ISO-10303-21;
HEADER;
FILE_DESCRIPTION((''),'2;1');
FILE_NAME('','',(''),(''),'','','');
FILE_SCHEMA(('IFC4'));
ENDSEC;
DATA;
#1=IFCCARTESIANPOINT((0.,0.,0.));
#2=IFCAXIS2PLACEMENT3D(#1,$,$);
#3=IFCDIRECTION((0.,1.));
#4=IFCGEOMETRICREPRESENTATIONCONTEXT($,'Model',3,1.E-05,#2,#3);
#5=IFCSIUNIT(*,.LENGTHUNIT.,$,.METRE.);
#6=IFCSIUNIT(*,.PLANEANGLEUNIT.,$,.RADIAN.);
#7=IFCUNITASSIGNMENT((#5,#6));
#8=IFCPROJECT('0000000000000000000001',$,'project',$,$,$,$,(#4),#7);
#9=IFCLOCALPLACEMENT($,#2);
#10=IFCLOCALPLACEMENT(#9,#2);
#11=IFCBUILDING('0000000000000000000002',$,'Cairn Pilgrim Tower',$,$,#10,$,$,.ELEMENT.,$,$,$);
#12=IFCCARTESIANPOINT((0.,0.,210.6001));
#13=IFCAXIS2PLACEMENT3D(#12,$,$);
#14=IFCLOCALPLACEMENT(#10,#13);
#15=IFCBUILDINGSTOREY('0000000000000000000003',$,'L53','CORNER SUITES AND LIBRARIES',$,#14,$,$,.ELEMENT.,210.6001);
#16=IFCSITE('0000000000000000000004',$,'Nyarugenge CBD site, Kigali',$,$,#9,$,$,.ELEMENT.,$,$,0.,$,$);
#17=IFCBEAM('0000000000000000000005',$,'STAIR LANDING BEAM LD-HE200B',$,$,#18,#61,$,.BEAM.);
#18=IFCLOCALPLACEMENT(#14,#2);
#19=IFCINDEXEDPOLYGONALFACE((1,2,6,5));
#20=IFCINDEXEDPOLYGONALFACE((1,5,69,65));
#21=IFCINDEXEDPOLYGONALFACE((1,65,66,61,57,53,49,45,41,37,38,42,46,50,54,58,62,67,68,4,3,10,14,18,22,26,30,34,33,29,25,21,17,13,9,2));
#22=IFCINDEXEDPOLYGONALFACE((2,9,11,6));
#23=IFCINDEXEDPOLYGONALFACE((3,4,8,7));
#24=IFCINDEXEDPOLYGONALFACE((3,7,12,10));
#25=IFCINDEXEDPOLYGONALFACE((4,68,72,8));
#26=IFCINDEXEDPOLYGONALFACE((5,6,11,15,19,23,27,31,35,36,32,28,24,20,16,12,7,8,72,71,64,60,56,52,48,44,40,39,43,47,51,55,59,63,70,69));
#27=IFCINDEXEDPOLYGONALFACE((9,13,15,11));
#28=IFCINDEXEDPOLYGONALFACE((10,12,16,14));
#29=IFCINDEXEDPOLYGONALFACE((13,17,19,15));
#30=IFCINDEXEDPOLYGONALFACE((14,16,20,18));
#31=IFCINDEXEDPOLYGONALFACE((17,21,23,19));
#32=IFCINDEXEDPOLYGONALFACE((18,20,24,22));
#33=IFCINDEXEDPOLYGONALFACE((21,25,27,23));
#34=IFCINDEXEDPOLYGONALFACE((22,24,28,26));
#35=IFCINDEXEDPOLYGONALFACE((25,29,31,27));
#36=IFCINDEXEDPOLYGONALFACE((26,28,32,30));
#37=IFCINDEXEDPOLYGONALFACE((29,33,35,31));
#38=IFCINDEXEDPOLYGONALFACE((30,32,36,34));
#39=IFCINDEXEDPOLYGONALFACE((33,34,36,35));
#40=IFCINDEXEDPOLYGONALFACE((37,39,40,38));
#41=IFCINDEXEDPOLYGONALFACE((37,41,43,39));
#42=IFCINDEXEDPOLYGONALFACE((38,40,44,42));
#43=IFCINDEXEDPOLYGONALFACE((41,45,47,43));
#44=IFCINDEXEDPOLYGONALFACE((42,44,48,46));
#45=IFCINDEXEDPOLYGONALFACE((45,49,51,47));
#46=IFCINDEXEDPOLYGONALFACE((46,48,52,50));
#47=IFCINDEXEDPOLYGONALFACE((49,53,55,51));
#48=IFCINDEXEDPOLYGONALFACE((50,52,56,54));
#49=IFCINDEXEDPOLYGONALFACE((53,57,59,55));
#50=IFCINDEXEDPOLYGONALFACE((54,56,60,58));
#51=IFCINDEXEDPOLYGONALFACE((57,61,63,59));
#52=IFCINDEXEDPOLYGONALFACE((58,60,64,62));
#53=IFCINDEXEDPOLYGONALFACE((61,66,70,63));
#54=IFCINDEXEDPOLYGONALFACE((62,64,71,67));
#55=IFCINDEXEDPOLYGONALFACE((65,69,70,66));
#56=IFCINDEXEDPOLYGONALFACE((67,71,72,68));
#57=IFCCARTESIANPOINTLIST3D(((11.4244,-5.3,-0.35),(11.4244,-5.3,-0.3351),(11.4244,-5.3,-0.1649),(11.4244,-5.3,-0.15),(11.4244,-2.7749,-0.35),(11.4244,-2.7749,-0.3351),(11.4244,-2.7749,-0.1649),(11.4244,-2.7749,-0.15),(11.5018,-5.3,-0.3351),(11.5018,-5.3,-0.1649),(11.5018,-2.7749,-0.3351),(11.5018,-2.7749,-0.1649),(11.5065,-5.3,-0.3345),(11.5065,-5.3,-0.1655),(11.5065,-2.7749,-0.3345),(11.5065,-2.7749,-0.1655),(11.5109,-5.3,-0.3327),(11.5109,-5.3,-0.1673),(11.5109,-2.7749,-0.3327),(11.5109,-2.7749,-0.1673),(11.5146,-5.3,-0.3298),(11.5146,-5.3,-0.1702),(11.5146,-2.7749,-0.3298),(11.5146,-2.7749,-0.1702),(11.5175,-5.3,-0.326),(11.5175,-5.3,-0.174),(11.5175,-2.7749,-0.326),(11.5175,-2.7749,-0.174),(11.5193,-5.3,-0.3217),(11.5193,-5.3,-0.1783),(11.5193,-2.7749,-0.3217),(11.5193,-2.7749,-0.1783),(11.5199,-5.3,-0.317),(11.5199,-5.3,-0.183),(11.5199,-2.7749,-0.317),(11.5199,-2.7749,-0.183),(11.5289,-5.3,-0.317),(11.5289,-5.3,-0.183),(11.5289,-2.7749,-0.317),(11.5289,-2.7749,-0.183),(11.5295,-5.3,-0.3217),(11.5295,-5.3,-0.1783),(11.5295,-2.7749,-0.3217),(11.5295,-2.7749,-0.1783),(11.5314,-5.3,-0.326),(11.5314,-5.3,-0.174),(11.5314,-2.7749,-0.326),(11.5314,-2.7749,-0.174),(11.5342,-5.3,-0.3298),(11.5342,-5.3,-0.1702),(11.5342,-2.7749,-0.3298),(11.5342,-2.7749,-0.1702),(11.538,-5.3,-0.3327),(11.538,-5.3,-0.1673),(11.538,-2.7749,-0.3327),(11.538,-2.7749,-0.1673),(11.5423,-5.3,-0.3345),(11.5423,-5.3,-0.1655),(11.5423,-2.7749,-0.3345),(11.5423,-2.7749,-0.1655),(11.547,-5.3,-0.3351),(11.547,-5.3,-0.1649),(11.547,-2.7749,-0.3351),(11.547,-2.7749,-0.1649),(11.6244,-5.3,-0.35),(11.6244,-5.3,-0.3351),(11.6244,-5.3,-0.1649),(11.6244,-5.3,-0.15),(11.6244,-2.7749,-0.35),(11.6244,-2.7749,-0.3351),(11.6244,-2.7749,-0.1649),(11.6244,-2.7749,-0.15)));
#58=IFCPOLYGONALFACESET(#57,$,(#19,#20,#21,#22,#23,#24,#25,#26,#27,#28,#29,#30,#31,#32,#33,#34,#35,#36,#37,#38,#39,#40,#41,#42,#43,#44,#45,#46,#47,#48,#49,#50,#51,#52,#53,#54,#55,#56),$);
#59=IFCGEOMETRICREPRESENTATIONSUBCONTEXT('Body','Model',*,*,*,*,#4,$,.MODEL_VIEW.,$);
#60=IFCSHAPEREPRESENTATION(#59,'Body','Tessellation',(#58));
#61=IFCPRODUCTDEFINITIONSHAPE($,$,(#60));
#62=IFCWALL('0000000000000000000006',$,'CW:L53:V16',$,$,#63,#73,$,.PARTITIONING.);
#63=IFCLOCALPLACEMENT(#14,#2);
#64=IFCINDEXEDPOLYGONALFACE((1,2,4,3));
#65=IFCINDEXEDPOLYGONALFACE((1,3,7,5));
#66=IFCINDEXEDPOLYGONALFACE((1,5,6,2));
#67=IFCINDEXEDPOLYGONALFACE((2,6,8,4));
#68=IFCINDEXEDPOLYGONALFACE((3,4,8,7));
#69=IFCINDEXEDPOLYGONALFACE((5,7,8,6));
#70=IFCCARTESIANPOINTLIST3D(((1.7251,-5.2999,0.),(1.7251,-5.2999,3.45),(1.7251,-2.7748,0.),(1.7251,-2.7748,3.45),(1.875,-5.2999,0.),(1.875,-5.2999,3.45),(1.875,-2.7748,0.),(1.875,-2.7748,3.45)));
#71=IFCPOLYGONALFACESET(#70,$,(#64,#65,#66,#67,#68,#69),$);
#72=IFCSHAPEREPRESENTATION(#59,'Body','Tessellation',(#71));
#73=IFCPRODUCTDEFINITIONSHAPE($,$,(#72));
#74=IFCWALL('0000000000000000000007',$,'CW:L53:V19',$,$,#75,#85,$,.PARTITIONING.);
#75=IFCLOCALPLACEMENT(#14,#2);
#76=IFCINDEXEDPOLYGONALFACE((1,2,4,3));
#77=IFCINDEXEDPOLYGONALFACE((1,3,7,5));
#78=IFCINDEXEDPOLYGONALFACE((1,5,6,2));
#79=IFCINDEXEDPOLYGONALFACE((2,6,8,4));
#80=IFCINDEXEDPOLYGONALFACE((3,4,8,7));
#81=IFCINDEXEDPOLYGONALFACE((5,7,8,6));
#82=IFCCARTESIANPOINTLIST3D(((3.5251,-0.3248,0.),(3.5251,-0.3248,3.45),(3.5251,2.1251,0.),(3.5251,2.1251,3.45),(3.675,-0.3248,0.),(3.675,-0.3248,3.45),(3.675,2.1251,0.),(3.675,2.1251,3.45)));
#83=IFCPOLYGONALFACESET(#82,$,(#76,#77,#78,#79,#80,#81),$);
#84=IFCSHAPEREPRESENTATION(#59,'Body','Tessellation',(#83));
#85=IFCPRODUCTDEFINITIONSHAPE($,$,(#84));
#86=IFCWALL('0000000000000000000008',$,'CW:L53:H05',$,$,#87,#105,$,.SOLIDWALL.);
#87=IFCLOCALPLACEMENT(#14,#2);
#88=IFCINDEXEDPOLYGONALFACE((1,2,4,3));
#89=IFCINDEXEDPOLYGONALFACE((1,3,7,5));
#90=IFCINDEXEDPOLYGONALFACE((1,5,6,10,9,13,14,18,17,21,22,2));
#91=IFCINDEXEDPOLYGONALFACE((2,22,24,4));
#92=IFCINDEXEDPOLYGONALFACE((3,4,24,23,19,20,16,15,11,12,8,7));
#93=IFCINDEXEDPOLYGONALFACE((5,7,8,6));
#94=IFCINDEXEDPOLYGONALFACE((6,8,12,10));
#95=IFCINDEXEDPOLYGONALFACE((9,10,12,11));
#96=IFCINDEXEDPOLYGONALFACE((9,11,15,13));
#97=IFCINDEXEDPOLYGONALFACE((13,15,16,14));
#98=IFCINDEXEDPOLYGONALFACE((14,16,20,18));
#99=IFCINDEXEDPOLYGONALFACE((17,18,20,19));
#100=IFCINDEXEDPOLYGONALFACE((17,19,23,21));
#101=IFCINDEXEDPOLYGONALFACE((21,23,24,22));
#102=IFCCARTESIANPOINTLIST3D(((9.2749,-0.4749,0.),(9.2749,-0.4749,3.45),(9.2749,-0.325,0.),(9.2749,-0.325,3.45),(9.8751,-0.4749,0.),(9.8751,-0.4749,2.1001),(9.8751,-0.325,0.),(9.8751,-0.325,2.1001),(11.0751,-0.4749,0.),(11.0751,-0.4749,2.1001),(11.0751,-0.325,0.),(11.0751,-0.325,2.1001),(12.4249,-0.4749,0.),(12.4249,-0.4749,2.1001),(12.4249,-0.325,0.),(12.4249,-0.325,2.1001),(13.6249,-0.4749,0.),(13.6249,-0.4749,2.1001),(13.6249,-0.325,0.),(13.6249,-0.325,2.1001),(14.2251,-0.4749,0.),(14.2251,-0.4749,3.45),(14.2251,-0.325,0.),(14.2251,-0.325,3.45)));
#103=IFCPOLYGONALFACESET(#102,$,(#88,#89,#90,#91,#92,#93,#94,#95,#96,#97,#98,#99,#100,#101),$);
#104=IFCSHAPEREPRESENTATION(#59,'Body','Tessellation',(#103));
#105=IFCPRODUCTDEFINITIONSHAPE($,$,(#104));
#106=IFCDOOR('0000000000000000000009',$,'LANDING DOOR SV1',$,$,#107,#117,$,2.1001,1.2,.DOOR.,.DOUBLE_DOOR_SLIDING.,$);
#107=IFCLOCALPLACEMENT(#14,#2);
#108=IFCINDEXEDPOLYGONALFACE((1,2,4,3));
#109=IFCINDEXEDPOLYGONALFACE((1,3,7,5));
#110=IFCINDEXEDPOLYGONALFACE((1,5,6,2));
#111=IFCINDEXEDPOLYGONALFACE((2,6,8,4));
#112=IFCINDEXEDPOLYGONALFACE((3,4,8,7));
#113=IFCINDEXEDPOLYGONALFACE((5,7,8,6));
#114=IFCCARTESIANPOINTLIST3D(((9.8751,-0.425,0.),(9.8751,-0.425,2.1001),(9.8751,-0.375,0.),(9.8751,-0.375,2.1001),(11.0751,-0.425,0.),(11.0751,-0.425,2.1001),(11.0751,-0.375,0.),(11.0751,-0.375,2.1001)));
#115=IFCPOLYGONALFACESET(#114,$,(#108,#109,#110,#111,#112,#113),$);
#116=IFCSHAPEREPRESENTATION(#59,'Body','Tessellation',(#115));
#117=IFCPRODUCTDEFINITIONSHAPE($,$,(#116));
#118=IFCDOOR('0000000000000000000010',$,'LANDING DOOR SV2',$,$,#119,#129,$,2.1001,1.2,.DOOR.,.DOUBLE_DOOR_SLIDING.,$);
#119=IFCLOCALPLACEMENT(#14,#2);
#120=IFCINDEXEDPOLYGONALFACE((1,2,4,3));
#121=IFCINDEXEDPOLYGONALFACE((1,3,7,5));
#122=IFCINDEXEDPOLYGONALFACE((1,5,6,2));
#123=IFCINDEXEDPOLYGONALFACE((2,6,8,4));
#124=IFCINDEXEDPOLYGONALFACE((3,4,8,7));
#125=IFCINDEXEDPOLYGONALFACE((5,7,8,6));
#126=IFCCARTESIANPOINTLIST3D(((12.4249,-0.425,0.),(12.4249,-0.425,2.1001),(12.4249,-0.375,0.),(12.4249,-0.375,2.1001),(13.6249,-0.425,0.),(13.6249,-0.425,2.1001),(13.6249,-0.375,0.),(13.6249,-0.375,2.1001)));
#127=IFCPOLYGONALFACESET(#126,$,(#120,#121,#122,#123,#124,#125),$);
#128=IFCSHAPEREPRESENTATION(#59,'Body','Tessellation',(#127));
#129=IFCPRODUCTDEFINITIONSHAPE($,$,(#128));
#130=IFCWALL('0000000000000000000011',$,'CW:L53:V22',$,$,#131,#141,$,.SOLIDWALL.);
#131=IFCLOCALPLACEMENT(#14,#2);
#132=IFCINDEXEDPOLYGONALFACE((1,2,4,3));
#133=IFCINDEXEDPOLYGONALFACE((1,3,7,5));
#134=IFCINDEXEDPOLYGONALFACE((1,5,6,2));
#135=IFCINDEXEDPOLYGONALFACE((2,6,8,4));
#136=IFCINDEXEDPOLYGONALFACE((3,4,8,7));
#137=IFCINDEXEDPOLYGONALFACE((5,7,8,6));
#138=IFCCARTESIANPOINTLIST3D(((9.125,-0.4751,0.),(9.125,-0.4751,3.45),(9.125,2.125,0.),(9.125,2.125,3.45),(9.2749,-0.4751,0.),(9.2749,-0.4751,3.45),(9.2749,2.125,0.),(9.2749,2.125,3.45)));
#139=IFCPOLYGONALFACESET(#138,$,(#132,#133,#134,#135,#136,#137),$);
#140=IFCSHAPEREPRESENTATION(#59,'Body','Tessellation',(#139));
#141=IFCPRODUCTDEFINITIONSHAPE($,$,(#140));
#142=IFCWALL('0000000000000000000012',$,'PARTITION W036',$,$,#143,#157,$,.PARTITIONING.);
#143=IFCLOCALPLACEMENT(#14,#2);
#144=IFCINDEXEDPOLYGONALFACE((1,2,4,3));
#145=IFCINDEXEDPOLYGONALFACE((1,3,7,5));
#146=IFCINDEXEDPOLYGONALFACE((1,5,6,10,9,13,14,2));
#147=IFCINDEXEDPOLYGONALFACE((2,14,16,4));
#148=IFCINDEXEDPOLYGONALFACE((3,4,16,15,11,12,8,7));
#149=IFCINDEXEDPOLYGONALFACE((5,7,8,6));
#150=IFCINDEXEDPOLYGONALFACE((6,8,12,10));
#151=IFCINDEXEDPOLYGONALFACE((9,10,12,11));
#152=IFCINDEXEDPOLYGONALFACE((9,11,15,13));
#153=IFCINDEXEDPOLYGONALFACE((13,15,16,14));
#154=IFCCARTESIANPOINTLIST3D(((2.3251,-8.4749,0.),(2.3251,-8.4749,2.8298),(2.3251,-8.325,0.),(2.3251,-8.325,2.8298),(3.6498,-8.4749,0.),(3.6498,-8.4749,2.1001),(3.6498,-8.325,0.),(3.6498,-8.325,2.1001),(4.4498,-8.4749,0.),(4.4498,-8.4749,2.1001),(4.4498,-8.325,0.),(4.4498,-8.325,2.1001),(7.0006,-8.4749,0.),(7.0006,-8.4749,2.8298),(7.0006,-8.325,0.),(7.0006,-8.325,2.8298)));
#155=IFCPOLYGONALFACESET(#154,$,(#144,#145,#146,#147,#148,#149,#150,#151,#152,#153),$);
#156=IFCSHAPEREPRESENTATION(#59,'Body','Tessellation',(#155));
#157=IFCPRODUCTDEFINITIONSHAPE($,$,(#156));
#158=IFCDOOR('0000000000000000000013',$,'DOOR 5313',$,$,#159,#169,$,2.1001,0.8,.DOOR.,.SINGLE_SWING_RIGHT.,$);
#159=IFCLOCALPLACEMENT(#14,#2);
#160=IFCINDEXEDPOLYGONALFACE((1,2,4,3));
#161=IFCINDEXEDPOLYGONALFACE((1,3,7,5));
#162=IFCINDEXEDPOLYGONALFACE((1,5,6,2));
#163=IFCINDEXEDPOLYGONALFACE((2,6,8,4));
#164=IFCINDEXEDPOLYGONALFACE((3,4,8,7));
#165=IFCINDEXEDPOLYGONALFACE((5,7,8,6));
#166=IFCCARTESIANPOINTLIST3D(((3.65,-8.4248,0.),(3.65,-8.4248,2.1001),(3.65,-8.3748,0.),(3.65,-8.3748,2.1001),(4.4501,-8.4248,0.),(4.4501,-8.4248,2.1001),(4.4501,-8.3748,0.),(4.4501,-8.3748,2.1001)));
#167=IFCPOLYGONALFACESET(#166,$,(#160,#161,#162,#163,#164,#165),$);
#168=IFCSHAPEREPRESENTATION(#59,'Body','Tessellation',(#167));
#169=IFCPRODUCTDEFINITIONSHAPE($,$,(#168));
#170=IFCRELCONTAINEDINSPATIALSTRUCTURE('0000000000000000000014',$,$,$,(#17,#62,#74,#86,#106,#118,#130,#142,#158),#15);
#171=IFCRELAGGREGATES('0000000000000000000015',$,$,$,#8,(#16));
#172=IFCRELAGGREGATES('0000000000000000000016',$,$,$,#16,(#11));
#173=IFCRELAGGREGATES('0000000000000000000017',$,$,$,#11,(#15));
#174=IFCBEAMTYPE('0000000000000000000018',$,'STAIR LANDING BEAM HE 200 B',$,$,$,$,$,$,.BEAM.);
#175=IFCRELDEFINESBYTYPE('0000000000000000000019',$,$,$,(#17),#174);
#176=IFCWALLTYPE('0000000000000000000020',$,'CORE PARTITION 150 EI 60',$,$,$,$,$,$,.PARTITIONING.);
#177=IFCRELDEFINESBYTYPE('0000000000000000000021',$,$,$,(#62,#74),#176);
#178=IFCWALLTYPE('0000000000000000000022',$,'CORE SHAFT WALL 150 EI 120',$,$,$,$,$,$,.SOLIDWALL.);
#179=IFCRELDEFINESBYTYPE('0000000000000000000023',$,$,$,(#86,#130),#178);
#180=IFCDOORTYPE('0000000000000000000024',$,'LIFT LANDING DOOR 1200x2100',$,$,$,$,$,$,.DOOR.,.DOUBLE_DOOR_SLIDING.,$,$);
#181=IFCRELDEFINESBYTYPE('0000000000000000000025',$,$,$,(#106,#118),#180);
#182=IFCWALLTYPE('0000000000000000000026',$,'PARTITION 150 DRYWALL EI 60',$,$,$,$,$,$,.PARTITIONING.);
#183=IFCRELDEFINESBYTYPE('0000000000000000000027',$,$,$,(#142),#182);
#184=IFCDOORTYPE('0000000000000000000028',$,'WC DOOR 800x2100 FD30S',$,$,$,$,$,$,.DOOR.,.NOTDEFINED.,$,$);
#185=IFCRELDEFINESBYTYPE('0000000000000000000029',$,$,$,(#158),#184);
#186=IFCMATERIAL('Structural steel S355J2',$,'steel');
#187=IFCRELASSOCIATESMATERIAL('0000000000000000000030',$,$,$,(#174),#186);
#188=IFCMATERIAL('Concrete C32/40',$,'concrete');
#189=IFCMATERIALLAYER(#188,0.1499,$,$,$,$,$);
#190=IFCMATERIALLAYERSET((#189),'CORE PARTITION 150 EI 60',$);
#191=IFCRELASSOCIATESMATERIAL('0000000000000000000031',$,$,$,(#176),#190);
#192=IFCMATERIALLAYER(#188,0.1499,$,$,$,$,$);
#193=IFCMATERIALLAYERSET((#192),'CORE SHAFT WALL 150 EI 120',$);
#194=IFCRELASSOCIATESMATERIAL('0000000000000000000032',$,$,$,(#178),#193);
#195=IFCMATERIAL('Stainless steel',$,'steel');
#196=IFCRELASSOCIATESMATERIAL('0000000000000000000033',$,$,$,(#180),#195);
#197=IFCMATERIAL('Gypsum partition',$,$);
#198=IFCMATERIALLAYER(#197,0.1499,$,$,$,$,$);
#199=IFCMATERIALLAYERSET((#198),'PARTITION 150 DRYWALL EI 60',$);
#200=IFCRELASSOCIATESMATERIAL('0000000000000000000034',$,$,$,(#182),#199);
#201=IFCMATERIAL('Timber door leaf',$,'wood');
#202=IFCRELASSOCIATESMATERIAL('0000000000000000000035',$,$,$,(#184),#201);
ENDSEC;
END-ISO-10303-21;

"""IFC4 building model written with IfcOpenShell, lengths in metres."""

from ifc_helpers import new_model, si_unit, direction, frame, frame_2d, origin, origin_2d, place, context, subcontext, project, spatial, rectangle, i_section, extrude, material, layer, layer_set, material_profile, profile_set, type_object, element, fill, save


model = new_model("IFC4")

# Units and contexts
model_context = context("Model", 3, precision=1e-05, world=origin(), true_north=direction((0.0, 1.0)))
body_context = subcontext(model_context, "Body", "Model", "MODEL_VIEW")
ifc_project = project(units=[si_unit("LENGTHUNIT", "METRE"), si_unit("PLANEANGLEUNIT", "RADIAN")], contexts=[model_context])

# Site, building, storey
site_placement = place(None, origin())
site = spatial("IfcSite", under=ifc_project, at=site_placement, Name="Nyarugenge CBD site, Kigali", CompositionType="ELEMENT", RefElevation=0.0)
building_placement = place(site_placement, origin())
building = spatial("IfcBuilding", under=site, at=building_placement, Name="Cairn Pilgrim Tower", CompositionType="ELEMENT")
storey_placement = place(building_placement, frame((0.0, 0.0, 210.6001)))
storey = spatial("IfcBuildingStorey", under=building, at=storey_placement, Name="L53", Description="CORNER SUITES AND LIBRARIES", CompositionType="ELEMENT", Elevation=210.6001)

# Shared definitions
ifc_material_1 = material(Name="Structural steel S355J2", Category="steel")

# Beam
ifc_material_profile_1 = material_profile(ifc_material_1, i_section(OverallWidth=0.2, OverallDepth=0.2, WebThickness=0.009, FlangeThickness=0.0149, FilletRadius=0.0181, at=origin_2d()), Name="HE 200 B")
ifc_profile_set_1 = profile_set([ifc_material_profile_1], Name="Structural steel S355J2")
beam_type_1 = type_object("IfcBeamType", Name="STAIR LANDING BEAM HE 200 B", PredefinedType="BEAM", material=ifc_profile_set_1)
beam_1_placement = place(storey_placement, frame((11.5244, -2.7749, -0.25), z_axis=(0.0, -1.0, 0.0), x_axis=(1.0, 0.0, 0.0)))
element("IfcBeam", 1, at=beam_1_placement, inside=storey, type_object=beam_type_1, Name="STAIR LANDING BEAM LD-HE200B", PredefinedType="BEAM", context=body_context, shape_type="SweptSolid", body=[
    extrude(i_section(OverallWidth=0.2, OverallDepth=0.2, WebThickness=0.009, FlangeThickness=0.0149, FilletRadius=0.0181, at=origin_2d()), origin(), (0.0, 0.0, 1.0), 2.5251),
])

# Walls
ifc_material_2 = material(Name="Concrete C32/40", Category="concrete")
ifc_layer_1 = layer(ifc_material_2, 0.1499)
ifc_layer_set_1 = layer_set([ifc_layer_1], Name="CORE PARTITION 150 EI 60")
wall_type_1 = type_object("IfcWallType", Name="CORE PARTITION 150 EI 60", PredefinedType="PARTITIONING", material=ifc_layer_set_1)
wall_1_placement = place(storey_placement, frame((1.8, -5.3, 0.0), z_axis=(0.0, 0.0, 1.0), x_axis=(0.0, 1.0, 0.0)))
element("IfcWall", 2, at=wall_1_placement, inside=storey, type_object=wall_type_1, Name="CW:L53:V16", PredefinedType="PARTITIONING", context=body_context, shape_type="SweptSolid", body=[
    extrude(rectangle(XDim=2.5251, YDim=0.1499, at=frame_2d((1.2627, 0.0))), origin(), (0.0, 0.0, 1.0), 3.45),
])
wall_2_placement = place(storey_placement, frame((3.6001, -0.325, 0.0), z_axis=(0.0, 0.0, 1.0), x_axis=(0.0, 1.0, 0.0)))
element("IfcWall", 3, at=wall_2_placement, inside=storey, type_object=wall_type_1, Name="CW:L53:V19", PredefinedType="PARTITIONING", context=body_context, shape_type="SweptSolid", body=[
    extrude(rectangle(XDim=2.45, YDim=0.1499, at=frame_2d((1.2251, 0.0))), origin(), (0.0, 0.0, 1.0), 3.45),
])

# Wall, openings, doors
ifc_layer_2 = layer(ifc_material_2, 0.1499)
ifc_layer_set_2 = layer_set([ifc_layer_2], Name="CORE SHAFT WALL 150 EI 120")
wall_type_2 = type_object("IfcWallType", Name="CORE SHAFT WALL 150 EI 120", PredefinedType="SOLIDWALL", material=ifc_layer_set_2)
wall_3_placement = place(storey_placement, frame((9.2749, -0.3999, 0.0), z_axis=(0.0, 0.0, 1.0), x_axis=(1.0, 0.0, 0.0)))
wall_3 = element("IfcWall", 4, at=wall_3_placement, inside=storey, type_object=wall_type_2, Name="CW:L53:H05", PredefinedType="SOLIDWALL", context=body_context, shape_type="SweptSolid", body=[
    extrude(rectangle(XDim=4.9502, YDim=0.1499, at=frame_2d((2.4751, 0.0))), origin(), (0.0, 0.0, 1.0), 3.45),
])
opening_1_placement = place(wall_3_placement, frame((0.6001, 0.0, 0.0)))
opening_1 = element("IfcOpeningElement", 5, at=opening_1_placement, cuts=wall_3, PredefinedType="OPENING", context=body_context, shape_type="SweptSolid", body=[
    extrude(rectangle(XDim=1.2, YDim=2.1001, at=frame_2d((0.6001, 1.05))), frame((0.0, 0.085, 0.0), z_axis=(0.0, -1.0, 0.0), x_axis=(1.0, 0.0, 0.0)), (0.0, 0.0, 1.0), 0.1699),
])
opening_2_placement = place(wall_3_placement, frame((3.1499, 0.0, 0.0)))
opening_2 = element("IfcOpeningElement", 6, at=opening_2_placement, cuts=wall_3, PredefinedType="OPENING", context=body_context, shape_type="SweptSolid", body=[
    extrude(rectangle(XDim=1.2, YDim=2.1001, at=frame_2d((0.6001, 1.05))), frame((0.0, 0.085, 0.0), z_axis=(0.0, -1.0, 0.0), x_axis=(1.0, 0.0, 0.0)), (0.0, 0.0, 1.0), 0.1699),
])
ifc_material_3 = material(Name="Stainless steel", Category="steel")
door_type_1 = type_object("IfcDoorType", Name="LIFT LANDING DOOR 1200x2100", OperationType="DOUBLE_DOOR_SLIDING", PredefinedType="DOOR", material=ifc_material_3)
door_1_placement = place(opening_1_placement, origin())
door_1 = element("IfcDoor", 7, at=door_1_placement, inside=storey, type_object=door_type_1, Name="LANDING DOOR SV1", OperationType="DOUBLE_DOOR_SLIDING", OverallHeight=2.1001, OverallWidth=1.2, PredefinedType="DOOR", context=body_context, shape_type="SweptSolid", body=[
    extrude(rectangle(XDim=1.2, YDim=2.1001, at=frame_2d((0.6001, 1.05))), frame((0.0, 0.0249, 0.0), z_axis=(0.0, -1.0, 0.0), x_axis=(1.0, 0.0, 0.0)), (0.0, 0.0, 1.0), 0.05),
])
fill(opening_1, door_1)
door_2_placement = place(opening_2_placement, origin())
door_2 = element("IfcDoor", 8, at=door_2_placement, inside=storey, type_object=door_type_1, Name="LANDING DOOR SV2", OperationType="DOUBLE_DOOR_SLIDING", OverallHeight=2.1001, OverallWidth=1.2, PredefinedType="DOOR", context=body_context, shape_type="SweptSolid", body=[
    extrude(rectangle(XDim=1.2, YDim=2.1001, at=frame_2d((0.6001, 1.05))), frame((0.0, 0.0249, 0.0), z_axis=(0.0, -1.0, 0.0), x_axis=(1.0, 0.0, 0.0)), (0.0, 0.0, 1.0), 0.05),
])
fill(opening_2, door_2)

# Wall
wall_4_placement = place(storey_placement, frame((9.2, -0.4751, 0.0), z_axis=(0.0, 0.0, 1.0), x_axis=(0.0, 1.0, 0.0)))
element("IfcWall", 9, at=wall_4_placement, inside=storey, type_object=wall_type_2, Name="CW:L53:V22", PredefinedType="SOLIDWALL", context=body_context, shape_type="SweptSolid", body=[
    extrude(rectangle(XDim=2.6001, YDim=0.1499, at=frame_2d((1.3, 0.0))), origin(), (0.0, 0.0, 1.0), 3.45),
])

# Wall, opening, door
ifc_material_4 = material(Name="Gypsum partition")
ifc_layer_3 = layer(ifc_material_4, 0.1499)
ifc_layer_set_3 = layer_set([ifc_layer_3], Name="PARTITION 150 DRYWALL EI 60")
wall_type_3 = type_object("IfcWallType", Name="PARTITION 150 DRYWALL EI 60", PredefinedType="PARTITIONING", material=ifc_layer_set_3)
wall_5_placement = place(storey_placement, frame((2.325, -8.3999, 0.0), z_axis=(0.0, 0.0, 1.0), x_axis=(1.0, 0.0, 0.0)))
wall_5 = element("IfcWall", 10, at=wall_5_placement, inside=storey, type_object=wall_type_3, Name="PARTITION W036", PredefinedType="PARTITIONING", context=body_context, shape_type="SweptSolid", body=[
    extrude(rectangle(XDim=4.6755, YDim=0.1499, at=frame_2d((2.3379, 0.0))), origin(), (0.0, 0.0, 1.0), 2.8298),
])
opening_3_placement = place(wall_5_placement, frame((1.325, 0.0, 0.0)))
opening_3 = element("IfcOpeningElement", 11, at=opening_3_placement, cuts=wall_5, PredefinedType="OPENING", context=body_context, shape_type="SweptSolid", body=[
    extrude(rectangle(XDim=0.8, YDim=2.1001, at=frame_2d((0.3999, 1.05))), frame((0.0, 0.085, 0.0), z_axis=(0.0, -1.0, 0.0), x_axis=(1.0, 0.0, 0.0)), (0.0, 0.0, 1.0), 0.1699),
])
ifc_material_5 = material(Name="Timber door leaf", Category="wood")
door_type_2 = type_object("IfcDoorType", Name="WC DOOR 800x2100 FD30S", OperationType="NOTDEFINED", PredefinedType="DOOR", material=ifc_material_5)
door_3_placement = place(opening_3_placement, frame((0.8, 0.0, 0.0), z_axis=(0.0, 0.0, 1.0), x_axis=(-1.0, 0.0, 0.0)))
door_3 = element("IfcDoor", 12, at=door_3_placement, inside=storey, type_object=door_type_2, Name="DOOR 5313", OperationType="SINGLE_SWING_RIGHT", OverallHeight=2.1001, OverallWidth=0.8, PredefinedType="DOOR", context=body_context, shape_type="SweptSolid", body=[
    extrude(rectangle(XDim=0.8, YDim=2.1001, at=frame_2d((0.3999, 1.05))), frame((0.0, 0.0249, 0.0), z_axis=(0.0, -1.0, 0.0), x_axis=(1.0, 0.0, 0.0)), (0.0, 0.0, 1.0), 0.05),
])
fill(opening_3, door_3)

save(model, "model.ifc")
